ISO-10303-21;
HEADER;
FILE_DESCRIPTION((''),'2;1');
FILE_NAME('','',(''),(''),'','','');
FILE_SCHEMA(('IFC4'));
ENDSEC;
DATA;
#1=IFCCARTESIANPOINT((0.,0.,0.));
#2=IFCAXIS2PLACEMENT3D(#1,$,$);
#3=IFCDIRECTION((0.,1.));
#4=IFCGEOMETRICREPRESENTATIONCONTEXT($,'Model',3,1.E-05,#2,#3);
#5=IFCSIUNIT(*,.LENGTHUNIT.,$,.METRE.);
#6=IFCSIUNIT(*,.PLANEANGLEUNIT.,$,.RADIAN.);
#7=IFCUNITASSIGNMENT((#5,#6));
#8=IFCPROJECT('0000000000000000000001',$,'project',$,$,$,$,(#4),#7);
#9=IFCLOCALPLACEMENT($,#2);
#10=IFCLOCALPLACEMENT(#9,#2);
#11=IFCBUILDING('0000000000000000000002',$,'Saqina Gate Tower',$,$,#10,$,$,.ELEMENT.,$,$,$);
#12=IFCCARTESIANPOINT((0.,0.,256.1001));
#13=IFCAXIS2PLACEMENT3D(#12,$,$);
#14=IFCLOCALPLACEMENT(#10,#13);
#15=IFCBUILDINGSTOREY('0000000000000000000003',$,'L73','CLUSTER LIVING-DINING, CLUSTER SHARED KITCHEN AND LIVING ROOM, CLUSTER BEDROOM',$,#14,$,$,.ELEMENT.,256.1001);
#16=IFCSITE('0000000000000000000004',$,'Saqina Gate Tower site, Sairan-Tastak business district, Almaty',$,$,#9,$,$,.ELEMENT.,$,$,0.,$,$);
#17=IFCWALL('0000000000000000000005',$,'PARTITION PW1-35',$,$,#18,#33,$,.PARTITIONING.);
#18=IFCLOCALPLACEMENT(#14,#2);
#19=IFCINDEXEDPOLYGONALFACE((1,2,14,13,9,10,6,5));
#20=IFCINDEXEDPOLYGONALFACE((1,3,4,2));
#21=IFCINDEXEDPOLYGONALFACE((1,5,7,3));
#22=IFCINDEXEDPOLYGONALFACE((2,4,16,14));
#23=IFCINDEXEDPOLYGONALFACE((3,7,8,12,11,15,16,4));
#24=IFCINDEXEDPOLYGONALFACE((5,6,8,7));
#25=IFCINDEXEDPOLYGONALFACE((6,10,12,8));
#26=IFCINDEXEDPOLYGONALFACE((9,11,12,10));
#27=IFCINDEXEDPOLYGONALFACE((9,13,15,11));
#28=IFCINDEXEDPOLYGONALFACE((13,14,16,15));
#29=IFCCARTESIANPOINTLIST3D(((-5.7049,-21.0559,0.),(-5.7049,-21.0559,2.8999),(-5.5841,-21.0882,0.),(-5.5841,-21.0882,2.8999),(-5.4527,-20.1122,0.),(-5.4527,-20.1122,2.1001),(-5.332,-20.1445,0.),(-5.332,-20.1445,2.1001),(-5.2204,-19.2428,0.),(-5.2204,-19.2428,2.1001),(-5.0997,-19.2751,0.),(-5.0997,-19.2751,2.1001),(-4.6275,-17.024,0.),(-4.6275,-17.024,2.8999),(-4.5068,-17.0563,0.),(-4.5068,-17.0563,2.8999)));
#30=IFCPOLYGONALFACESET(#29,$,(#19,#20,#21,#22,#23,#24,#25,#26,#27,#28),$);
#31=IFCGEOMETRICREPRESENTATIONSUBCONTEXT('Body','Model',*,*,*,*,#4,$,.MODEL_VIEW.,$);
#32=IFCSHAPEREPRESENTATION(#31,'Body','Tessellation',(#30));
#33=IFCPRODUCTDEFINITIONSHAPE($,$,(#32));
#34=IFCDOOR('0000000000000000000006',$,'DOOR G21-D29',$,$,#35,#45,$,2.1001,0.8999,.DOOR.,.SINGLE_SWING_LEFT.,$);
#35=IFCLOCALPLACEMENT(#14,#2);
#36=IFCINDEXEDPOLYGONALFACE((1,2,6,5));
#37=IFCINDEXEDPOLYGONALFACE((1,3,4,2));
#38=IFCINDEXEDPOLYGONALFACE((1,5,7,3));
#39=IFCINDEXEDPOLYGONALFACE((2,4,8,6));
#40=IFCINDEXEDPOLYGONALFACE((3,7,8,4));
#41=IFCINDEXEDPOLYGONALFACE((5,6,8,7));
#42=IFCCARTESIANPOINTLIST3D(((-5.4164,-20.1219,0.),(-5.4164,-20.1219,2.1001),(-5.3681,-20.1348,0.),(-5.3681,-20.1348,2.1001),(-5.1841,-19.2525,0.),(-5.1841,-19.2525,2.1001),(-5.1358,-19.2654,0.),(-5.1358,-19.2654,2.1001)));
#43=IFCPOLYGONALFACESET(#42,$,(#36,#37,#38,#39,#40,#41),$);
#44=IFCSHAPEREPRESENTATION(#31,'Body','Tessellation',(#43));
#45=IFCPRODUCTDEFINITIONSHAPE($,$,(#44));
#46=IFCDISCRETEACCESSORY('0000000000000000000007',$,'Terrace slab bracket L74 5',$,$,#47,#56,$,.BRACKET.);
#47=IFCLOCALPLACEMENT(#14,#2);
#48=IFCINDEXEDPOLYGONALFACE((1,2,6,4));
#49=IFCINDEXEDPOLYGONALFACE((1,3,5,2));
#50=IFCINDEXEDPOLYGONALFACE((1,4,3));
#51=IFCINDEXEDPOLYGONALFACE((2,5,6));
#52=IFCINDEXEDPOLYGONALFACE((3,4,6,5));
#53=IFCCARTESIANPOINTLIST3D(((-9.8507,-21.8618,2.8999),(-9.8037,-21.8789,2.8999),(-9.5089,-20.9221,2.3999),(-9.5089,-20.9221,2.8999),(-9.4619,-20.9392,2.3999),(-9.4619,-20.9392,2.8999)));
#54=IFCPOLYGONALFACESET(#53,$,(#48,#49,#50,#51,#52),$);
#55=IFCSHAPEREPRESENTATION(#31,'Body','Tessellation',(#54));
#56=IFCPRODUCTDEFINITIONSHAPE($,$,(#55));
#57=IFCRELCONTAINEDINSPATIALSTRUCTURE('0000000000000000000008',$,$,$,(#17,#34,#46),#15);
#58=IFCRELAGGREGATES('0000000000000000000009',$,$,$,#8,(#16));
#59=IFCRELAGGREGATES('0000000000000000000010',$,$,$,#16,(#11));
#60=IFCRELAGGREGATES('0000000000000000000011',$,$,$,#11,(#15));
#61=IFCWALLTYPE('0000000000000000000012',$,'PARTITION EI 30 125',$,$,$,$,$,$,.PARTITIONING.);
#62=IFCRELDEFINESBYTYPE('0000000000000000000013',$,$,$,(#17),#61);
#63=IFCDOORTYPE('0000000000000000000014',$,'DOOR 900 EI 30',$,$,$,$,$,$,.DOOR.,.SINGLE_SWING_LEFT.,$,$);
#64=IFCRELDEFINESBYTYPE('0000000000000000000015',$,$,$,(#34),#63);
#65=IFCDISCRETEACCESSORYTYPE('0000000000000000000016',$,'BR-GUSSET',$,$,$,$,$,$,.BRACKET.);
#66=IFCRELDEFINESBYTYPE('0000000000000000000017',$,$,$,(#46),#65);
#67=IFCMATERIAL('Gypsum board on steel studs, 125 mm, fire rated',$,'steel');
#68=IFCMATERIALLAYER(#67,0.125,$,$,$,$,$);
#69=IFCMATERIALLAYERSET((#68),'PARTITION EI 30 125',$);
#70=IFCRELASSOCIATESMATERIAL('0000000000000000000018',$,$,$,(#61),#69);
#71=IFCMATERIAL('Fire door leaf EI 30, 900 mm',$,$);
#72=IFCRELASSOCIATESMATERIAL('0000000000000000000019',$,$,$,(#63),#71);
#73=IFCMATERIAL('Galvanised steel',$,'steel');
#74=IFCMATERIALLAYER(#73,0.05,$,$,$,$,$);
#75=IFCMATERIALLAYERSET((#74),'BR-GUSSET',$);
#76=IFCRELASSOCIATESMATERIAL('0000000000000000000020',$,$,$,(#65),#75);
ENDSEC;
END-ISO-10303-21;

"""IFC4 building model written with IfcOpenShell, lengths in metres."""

from ifc_helpers import new_model, si_unit, direction, frame, frame_2d, origin, place, context, subcontext, project, spatial, polyline, rectangle, outline, extrude, material, layer, layer_set, type_object, element, fill, save


model = new_model("IFC4")

# Units and contexts
model_context = context("Model", 3, precision=1e-05, world=origin(), true_north=direction((0.0, 1.0)))
body_context = subcontext(model_context, "Body", "Model", "MODEL_VIEW")
ifc_project = project(units=[si_unit("LENGTHUNIT", "METRE"), si_unit("PLANEANGLEUNIT", "RADIAN")], contexts=[model_context])

# Site, building, storey
site_placement = place(None, origin())
site = spatial("IfcSite", under=ifc_project, at=site_placement, Name="Saqina Gate Tower site, Sairan-Tastak business district, Almaty", CompositionType="ELEMENT", RefElevation=0.0)
building_placement = place(site_placement, origin())
building = spatial("IfcBuilding", under=site, at=building_placement, Name="Saqina Gate Tower", CompositionType="ELEMENT")
storey_placement = place(building_placement, frame((0.0, 0.0, 256.1001)))
storey = spatial("IfcBuildingStorey", under=building, at=storey_placement, Name="L73", Description="CLUSTER LIVING-DINING, CLUSTER SHARED KITCHEN AND LIVING ROOM, CLUSTER BEDROOM", CompositionType="ELEMENT", Elevation=256.1001)

# Shared definitions
ifc_material_1 = material(Name="Gypsum board on steel studs, 125 mm, fire rated", Category="steel")
ifc_layer_1 = layer(ifc_material_1, 0.125)
ifc_layer_set_1 = layer_set([ifc_layer_1], Name="PARTITION EI 30 125")
wall_type_1 = type_object("IfcWallType", Name="PARTITION EI 30 125", PredefinedType="PARTITIONING", material=ifc_layer_set_1)

# Shared definitions
ifc_material_2 = material(Name="Fire door leaf EI 30, 900 mm")
door_type_1 = type_object("IfcDoorType", Name="DOOR 900 EI 30", OperationType="SINGLE_SWING_LEFT", PredefinedType="DOOR", material=ifc_material_2)

# Wall, opening, door
wall_1_placement = place(storey_placement, frame((-5.6445, -21.072, 0.0), z_axis=(0.0, 0.0, 1.0), x_axis=(0.258154, 0.966104, 0.0)))
wall_1 = element("IfcWall", 1, at=wall_1_placement, inside=storey, type_object=wall_type_1, Name="PARTITION PW1-35", PredefinedType="PARTITIONING", context=body_context, shape_type="SweptSolid", body=[
    extrude(rectangle(XDim=4.1733, YDim=0.125, at=frame_2d((2.0867, 0.0))), origin(), (0.0, 0.0, 1.0), 2.8999),
])
opening_1_placement = place(wall_1_placement, frame((0.9768, 0.0, 0.0)))
opening_1 = element("IfcOpeningElement", 2, at=opening_1_placement, cuts=wall_1, PredefinedType="OPENING", context=body_context, shape_type="SweptSolid", body=[
    extrude(rectangle(XDim=0.8999, YDim=2.1001, at=frame_2d((0.45, 1.05))), frame((0.0, 0.0745, 0.0), z_axis=(0.0, -1.0, 0.0), x_axis=(1.0, 0.0, 0.0)), (0.0, 0.0, 1.0), 0.1489),
])
door_1_placement = place(opening_1_placement, origin())
door_1 = element("IfcDoor", 3, at=door_1_placement, inside=storey, type_object=door_type_1, Name="DOOR G21-D29", OperationType="SINGLE_SWING_LEFT", OverallHeight=2.1001, OverallWidth=0.8999, PredefinedType="DOOR", context=body_context, shape_type="SweptSolid", body=[
    extrude(rectangle(XDim=0.8999, YDim=2.1001, at=frame_2d((0.45, 1.05))), frame((0.0, 0.0249, 0.0), z_axis=(0.0, -1.0, 0.0), x_axis=(1.0, 0.0, 0.0)), (0.0, 0.0, 1.0), 0.05),
])
fill(opening_1, door_1)

# Discrete accessory
ifc_material_3 = material(Name="Galvanised steel", Category="steel")
ifc_layer_2 = layer(ifc_material_3, 0.05)
ifc_layer_set_2 = layer_set([ifc_layer_2], Name="BR-GUSSET")
discrete_accessory_type = type_object("IfcDiscreteAccessoryType", Name="BR-GUSSET", PredefinedType="BRACKET", material=ifc_layer_set_2)
discrete_accessory_placement = place(storey_placement, frame((-9.4619, -20.9392, 2.3999), z_axis=(0.939765, -0.341821, 0.0), x_axis=(0.0, 0.0, 1.0)))
element("IfcDiscreteAccessory", 4, at=discrete_accessory_placement, inside=storey, type_object=discrete_accessory_type, Name="Terrace slab bracket L74 5", PredefinedType="BRACKET", context=body_context, shape_type="SweptSolid", body=[
    extrude(outline(polyline([(0.0, 0.0), (0.5, 0.0), (0.5, 0.9999), (0.0, 0.0)])), origin(), (0.0, 0.0, -1.0), 0.05),
])

save(model, "model.ifc")
